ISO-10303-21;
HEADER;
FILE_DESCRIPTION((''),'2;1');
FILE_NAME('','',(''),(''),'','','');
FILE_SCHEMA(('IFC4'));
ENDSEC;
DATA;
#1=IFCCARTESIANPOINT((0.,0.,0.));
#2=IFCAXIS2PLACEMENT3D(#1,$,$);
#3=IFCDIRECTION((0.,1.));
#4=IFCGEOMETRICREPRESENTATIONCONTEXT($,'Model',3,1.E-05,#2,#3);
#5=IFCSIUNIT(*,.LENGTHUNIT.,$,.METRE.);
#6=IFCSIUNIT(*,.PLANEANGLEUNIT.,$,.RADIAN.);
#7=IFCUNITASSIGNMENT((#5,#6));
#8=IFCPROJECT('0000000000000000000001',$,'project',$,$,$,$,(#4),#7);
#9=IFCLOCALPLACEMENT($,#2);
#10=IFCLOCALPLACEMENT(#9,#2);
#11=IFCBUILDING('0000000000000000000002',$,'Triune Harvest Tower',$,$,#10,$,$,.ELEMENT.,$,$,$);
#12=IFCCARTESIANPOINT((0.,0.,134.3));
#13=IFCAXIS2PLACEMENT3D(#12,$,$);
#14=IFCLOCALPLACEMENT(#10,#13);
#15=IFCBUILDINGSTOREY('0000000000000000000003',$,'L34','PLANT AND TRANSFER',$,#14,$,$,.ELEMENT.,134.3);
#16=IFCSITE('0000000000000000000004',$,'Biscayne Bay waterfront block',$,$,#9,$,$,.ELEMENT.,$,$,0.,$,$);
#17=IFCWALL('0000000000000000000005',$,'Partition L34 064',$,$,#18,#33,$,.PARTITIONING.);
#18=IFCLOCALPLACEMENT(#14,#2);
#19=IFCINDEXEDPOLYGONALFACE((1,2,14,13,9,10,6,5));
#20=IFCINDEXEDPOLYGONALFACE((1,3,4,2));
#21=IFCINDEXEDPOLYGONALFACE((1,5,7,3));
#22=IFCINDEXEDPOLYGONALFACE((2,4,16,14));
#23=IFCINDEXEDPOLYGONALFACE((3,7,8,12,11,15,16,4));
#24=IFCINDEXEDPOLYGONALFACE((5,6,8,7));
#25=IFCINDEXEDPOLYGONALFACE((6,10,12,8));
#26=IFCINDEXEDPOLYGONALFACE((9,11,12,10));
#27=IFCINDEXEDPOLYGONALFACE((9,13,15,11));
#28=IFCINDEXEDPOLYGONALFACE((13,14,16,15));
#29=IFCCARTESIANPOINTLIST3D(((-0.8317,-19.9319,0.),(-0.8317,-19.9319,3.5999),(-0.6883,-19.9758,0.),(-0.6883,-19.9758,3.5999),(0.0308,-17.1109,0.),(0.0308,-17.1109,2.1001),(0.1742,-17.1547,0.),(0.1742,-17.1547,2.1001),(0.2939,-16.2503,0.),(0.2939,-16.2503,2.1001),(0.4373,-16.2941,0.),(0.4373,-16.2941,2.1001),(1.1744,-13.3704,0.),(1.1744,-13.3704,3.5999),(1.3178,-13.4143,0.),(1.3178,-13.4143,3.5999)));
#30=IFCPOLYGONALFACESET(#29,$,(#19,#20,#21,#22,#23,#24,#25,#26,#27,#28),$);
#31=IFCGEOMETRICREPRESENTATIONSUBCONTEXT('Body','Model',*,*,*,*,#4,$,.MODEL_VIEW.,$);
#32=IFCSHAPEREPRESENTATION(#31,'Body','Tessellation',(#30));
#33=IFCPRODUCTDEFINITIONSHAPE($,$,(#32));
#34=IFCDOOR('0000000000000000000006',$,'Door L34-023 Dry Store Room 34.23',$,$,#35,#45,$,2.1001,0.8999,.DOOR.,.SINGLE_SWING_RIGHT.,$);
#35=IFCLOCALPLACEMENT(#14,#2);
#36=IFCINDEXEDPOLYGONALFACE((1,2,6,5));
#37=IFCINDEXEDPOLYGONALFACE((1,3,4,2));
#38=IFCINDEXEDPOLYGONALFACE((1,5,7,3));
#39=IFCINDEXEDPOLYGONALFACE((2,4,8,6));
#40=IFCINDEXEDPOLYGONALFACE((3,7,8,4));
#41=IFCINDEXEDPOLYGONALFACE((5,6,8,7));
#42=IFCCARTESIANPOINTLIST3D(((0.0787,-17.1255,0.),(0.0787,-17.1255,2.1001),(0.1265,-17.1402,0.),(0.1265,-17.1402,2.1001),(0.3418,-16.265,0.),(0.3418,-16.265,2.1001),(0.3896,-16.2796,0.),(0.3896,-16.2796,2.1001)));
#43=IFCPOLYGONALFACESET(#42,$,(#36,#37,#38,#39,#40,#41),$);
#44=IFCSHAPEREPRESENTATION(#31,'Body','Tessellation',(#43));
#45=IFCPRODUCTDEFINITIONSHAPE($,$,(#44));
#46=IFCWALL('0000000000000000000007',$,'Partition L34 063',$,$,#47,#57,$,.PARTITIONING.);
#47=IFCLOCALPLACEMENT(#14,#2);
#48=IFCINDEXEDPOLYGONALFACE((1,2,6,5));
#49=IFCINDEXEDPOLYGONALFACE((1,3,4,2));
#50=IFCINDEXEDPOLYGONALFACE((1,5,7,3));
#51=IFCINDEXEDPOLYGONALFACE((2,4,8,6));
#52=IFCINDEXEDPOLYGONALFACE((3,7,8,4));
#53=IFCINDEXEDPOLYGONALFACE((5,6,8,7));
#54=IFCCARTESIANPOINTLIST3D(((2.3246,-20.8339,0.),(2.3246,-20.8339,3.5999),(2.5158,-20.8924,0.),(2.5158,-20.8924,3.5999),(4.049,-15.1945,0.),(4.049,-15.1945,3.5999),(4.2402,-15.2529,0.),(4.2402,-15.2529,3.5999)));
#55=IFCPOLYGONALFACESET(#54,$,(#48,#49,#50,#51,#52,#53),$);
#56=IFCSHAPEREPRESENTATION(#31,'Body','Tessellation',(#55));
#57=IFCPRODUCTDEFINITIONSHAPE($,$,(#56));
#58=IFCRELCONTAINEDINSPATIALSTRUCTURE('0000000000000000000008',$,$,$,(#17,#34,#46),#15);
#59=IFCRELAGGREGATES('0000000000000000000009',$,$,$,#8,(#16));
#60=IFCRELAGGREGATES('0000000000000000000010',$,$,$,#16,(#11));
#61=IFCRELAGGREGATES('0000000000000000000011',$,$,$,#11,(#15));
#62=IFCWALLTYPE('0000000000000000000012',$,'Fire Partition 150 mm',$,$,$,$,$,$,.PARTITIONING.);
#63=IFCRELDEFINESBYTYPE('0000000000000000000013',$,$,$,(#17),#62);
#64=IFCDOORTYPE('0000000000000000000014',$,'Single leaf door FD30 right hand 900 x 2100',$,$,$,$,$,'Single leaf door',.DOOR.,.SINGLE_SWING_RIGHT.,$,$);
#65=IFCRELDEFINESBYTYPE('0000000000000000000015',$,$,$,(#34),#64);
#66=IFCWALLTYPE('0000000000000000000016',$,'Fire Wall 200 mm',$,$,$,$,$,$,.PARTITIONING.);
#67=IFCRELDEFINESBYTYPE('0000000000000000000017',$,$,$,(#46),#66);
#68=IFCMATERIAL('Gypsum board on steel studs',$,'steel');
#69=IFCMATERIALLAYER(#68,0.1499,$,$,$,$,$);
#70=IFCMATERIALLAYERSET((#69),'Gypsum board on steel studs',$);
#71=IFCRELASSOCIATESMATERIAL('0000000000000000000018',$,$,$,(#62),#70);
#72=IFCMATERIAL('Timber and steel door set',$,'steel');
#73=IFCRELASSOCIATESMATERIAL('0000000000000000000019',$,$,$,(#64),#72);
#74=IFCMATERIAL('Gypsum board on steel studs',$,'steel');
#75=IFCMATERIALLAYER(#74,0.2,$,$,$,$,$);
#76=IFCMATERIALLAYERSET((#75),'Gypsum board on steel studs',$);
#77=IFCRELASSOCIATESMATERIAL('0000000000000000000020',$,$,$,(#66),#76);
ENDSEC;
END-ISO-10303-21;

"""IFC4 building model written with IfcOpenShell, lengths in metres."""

from ifc_helpers import new_model, si_unit, direction, frame, frame_2d, origin, place, context, subcontext, project, spatial, rectangle, extrude, material, layer, layer_set, type_object, element, fill, save


model = new_model("IFC4")

# Units and contexts
model_context = context("Model", 3, precision=1e-05, world=origin(), true_north=direction((0.0, 1.0)))
body_context = subcontext(model_context, "Body", "Model", "MODEL_VIEW")
ifc_project = project(units=[si_unit("LENGTHUNIT", "METRE"), si_unit("PLANEANGLEUNIT", "RADIAN")], contexts=[model_context])

# Site, building, storey
site_placement = place(None, origin())
site = spatial("IfcSite", under=ifc_project, at=site_placement, Name="Biscayne Bay waterfront block", CompositionType="ELEMENT", RefElevation=0.0)
building_placement = place(site_placement, origin())
building = spatial("IfcBuilding", under=site, at=building_placement, Name="Triune Harvest Tower", CompositionType="ELEMENT")
storey_placement = place(building_placement, frame((0.0, 0.0, 134.3)))
storey = spatial("IfcBuildingStorey", under=building, at=storey_placement, Name="L34", Description="PLANT AND TRANSFER", CompositionType="ELEMENT", Elevation=134.3)

# Shared definitions
ifc_material_1 = material(Name="Gypsum board on steel studs", Category="steel")
ifc_layer_1 = layer(ifc_material_1, 0.1499)
ifc_layer_set_1 = layer_set([ifc_layer_1], Name="Gypsum board on steel studs")
wall_type_1 = type_object("IfcWallType", Name="Fire Partition 150 mm", PredefinedType="PARTITIONING", material=ifc_layer_set_1)

# Wall, opening, door
wall_1_placement = place(storey_placement, frame((-0.76, -19.9539, 0.0), z_axis=(0.0, 0.0, 1.0), x_axis=(0.292378, 0.956303, 0.0)))
wall_1 = element("IfcWall", 1, at=wall_1_placement, inside=storey, type_object=wall_type_1, Name="Partition L34 064", PredefinedType="PARTITIONING", context=body_context, shape_type="SweptSolid", body=[
    extrude(rectangle(XDim=6.8613, YDim=0.1499, at=frame_2d((3.4307, 0.0))), origin(), (0.0, 0.0, 1.0), 3.5999),
])
opening_placement = place(wall_1_placement, frame((2.95, 0.0, 0.0)))
opening = element("IfcOpeningElement", 2, at=opening_placement, cuts=wall_1, PredefinedType="OPENING", context=body_context, shape_type="SweptSolid", body=[
    extrude(rectangle(XDim=0.8999, YDim=2.1001, at=frame_2d((0.45, 1.05))), frame((0.0, 0.085, 0.0), z_axis=(0.0, -1.0, 0.0), x_axis=(1.0, 0.0, 0.0)), (0.0, 0.0, 1.0), 0.1699),
])
ifc_material_2 = material(Name="Timber and steel door set", Category="steel")
door_type = type_object("IfcDoorType", Name="Single leaf door FD30 right hand 900 x 2100", ElementType="Single leaf door", OperationType="SINGLE_SWING_RIGHT", PredefinedType="DOOR", material=ifc_material_2)
door_placement = place(opening_placement, origin())
door = element("IfcDoor", 3, at=door_placement, inside=storey, type_object=door_type, Name="Door L34-023 Dry Store Room 34.23", OperationType="SINGLE_SWING_RIGHT", OverallHeight=2.1001, OverallWidth=0.8999, PredefinedType="DOOR", context=body_context, shape_type="SweptSolid", body=[
    extrude(rectangle(XDim=0.8999, YDim=2.1001, at=frame_2d((0.45, 1.05))), frame((0.0, 0.0249, 0.0), z_axis=(0.0, -1.0, 0.0), x_axis=(1.0, 0.0, 0.0)), (0.0, 0.0, 1.0), 0.05),
])
fill(opening, door)

# Wall
ifc_material_3 = material(Name="Gypsum board on steel studs", Category="steel")
ifc_layer_2 = layer(ifc_material_3, 0.2)
ifc_layer_set_2 = layer_set([ifc_layer_2], Name="Gypsum board on steel studs")
wall_type_2 = type_object("IfcWallType", Name="Fire Wall 200 mm", PredefinedType="PARTITIONING", material=ifc_layer_set_2)
wall_2_placement = place(storey_placement, frame((2.4202, -20.8633, 0.0), z_axis=(0.0, 0.0, 1.0), x_axis=(0.292407, 0.956294, 0.0)))
element("IfcWall", 4, at=wall_2_placement, inside=storey, type_object=wall_type_2, Name="Partition L34 063", PredefinedType="PARTITIONING", context=body_context, shape_type="SweptSolid", body=[
    extrude(rectangle(XDim=5.8972, YDim=0.2, at=frame_2d((2.9487, 0.0))), origin(), (0.0, 0.0, 1.0), 3.5999),
])

save(model, "model.ifc")
